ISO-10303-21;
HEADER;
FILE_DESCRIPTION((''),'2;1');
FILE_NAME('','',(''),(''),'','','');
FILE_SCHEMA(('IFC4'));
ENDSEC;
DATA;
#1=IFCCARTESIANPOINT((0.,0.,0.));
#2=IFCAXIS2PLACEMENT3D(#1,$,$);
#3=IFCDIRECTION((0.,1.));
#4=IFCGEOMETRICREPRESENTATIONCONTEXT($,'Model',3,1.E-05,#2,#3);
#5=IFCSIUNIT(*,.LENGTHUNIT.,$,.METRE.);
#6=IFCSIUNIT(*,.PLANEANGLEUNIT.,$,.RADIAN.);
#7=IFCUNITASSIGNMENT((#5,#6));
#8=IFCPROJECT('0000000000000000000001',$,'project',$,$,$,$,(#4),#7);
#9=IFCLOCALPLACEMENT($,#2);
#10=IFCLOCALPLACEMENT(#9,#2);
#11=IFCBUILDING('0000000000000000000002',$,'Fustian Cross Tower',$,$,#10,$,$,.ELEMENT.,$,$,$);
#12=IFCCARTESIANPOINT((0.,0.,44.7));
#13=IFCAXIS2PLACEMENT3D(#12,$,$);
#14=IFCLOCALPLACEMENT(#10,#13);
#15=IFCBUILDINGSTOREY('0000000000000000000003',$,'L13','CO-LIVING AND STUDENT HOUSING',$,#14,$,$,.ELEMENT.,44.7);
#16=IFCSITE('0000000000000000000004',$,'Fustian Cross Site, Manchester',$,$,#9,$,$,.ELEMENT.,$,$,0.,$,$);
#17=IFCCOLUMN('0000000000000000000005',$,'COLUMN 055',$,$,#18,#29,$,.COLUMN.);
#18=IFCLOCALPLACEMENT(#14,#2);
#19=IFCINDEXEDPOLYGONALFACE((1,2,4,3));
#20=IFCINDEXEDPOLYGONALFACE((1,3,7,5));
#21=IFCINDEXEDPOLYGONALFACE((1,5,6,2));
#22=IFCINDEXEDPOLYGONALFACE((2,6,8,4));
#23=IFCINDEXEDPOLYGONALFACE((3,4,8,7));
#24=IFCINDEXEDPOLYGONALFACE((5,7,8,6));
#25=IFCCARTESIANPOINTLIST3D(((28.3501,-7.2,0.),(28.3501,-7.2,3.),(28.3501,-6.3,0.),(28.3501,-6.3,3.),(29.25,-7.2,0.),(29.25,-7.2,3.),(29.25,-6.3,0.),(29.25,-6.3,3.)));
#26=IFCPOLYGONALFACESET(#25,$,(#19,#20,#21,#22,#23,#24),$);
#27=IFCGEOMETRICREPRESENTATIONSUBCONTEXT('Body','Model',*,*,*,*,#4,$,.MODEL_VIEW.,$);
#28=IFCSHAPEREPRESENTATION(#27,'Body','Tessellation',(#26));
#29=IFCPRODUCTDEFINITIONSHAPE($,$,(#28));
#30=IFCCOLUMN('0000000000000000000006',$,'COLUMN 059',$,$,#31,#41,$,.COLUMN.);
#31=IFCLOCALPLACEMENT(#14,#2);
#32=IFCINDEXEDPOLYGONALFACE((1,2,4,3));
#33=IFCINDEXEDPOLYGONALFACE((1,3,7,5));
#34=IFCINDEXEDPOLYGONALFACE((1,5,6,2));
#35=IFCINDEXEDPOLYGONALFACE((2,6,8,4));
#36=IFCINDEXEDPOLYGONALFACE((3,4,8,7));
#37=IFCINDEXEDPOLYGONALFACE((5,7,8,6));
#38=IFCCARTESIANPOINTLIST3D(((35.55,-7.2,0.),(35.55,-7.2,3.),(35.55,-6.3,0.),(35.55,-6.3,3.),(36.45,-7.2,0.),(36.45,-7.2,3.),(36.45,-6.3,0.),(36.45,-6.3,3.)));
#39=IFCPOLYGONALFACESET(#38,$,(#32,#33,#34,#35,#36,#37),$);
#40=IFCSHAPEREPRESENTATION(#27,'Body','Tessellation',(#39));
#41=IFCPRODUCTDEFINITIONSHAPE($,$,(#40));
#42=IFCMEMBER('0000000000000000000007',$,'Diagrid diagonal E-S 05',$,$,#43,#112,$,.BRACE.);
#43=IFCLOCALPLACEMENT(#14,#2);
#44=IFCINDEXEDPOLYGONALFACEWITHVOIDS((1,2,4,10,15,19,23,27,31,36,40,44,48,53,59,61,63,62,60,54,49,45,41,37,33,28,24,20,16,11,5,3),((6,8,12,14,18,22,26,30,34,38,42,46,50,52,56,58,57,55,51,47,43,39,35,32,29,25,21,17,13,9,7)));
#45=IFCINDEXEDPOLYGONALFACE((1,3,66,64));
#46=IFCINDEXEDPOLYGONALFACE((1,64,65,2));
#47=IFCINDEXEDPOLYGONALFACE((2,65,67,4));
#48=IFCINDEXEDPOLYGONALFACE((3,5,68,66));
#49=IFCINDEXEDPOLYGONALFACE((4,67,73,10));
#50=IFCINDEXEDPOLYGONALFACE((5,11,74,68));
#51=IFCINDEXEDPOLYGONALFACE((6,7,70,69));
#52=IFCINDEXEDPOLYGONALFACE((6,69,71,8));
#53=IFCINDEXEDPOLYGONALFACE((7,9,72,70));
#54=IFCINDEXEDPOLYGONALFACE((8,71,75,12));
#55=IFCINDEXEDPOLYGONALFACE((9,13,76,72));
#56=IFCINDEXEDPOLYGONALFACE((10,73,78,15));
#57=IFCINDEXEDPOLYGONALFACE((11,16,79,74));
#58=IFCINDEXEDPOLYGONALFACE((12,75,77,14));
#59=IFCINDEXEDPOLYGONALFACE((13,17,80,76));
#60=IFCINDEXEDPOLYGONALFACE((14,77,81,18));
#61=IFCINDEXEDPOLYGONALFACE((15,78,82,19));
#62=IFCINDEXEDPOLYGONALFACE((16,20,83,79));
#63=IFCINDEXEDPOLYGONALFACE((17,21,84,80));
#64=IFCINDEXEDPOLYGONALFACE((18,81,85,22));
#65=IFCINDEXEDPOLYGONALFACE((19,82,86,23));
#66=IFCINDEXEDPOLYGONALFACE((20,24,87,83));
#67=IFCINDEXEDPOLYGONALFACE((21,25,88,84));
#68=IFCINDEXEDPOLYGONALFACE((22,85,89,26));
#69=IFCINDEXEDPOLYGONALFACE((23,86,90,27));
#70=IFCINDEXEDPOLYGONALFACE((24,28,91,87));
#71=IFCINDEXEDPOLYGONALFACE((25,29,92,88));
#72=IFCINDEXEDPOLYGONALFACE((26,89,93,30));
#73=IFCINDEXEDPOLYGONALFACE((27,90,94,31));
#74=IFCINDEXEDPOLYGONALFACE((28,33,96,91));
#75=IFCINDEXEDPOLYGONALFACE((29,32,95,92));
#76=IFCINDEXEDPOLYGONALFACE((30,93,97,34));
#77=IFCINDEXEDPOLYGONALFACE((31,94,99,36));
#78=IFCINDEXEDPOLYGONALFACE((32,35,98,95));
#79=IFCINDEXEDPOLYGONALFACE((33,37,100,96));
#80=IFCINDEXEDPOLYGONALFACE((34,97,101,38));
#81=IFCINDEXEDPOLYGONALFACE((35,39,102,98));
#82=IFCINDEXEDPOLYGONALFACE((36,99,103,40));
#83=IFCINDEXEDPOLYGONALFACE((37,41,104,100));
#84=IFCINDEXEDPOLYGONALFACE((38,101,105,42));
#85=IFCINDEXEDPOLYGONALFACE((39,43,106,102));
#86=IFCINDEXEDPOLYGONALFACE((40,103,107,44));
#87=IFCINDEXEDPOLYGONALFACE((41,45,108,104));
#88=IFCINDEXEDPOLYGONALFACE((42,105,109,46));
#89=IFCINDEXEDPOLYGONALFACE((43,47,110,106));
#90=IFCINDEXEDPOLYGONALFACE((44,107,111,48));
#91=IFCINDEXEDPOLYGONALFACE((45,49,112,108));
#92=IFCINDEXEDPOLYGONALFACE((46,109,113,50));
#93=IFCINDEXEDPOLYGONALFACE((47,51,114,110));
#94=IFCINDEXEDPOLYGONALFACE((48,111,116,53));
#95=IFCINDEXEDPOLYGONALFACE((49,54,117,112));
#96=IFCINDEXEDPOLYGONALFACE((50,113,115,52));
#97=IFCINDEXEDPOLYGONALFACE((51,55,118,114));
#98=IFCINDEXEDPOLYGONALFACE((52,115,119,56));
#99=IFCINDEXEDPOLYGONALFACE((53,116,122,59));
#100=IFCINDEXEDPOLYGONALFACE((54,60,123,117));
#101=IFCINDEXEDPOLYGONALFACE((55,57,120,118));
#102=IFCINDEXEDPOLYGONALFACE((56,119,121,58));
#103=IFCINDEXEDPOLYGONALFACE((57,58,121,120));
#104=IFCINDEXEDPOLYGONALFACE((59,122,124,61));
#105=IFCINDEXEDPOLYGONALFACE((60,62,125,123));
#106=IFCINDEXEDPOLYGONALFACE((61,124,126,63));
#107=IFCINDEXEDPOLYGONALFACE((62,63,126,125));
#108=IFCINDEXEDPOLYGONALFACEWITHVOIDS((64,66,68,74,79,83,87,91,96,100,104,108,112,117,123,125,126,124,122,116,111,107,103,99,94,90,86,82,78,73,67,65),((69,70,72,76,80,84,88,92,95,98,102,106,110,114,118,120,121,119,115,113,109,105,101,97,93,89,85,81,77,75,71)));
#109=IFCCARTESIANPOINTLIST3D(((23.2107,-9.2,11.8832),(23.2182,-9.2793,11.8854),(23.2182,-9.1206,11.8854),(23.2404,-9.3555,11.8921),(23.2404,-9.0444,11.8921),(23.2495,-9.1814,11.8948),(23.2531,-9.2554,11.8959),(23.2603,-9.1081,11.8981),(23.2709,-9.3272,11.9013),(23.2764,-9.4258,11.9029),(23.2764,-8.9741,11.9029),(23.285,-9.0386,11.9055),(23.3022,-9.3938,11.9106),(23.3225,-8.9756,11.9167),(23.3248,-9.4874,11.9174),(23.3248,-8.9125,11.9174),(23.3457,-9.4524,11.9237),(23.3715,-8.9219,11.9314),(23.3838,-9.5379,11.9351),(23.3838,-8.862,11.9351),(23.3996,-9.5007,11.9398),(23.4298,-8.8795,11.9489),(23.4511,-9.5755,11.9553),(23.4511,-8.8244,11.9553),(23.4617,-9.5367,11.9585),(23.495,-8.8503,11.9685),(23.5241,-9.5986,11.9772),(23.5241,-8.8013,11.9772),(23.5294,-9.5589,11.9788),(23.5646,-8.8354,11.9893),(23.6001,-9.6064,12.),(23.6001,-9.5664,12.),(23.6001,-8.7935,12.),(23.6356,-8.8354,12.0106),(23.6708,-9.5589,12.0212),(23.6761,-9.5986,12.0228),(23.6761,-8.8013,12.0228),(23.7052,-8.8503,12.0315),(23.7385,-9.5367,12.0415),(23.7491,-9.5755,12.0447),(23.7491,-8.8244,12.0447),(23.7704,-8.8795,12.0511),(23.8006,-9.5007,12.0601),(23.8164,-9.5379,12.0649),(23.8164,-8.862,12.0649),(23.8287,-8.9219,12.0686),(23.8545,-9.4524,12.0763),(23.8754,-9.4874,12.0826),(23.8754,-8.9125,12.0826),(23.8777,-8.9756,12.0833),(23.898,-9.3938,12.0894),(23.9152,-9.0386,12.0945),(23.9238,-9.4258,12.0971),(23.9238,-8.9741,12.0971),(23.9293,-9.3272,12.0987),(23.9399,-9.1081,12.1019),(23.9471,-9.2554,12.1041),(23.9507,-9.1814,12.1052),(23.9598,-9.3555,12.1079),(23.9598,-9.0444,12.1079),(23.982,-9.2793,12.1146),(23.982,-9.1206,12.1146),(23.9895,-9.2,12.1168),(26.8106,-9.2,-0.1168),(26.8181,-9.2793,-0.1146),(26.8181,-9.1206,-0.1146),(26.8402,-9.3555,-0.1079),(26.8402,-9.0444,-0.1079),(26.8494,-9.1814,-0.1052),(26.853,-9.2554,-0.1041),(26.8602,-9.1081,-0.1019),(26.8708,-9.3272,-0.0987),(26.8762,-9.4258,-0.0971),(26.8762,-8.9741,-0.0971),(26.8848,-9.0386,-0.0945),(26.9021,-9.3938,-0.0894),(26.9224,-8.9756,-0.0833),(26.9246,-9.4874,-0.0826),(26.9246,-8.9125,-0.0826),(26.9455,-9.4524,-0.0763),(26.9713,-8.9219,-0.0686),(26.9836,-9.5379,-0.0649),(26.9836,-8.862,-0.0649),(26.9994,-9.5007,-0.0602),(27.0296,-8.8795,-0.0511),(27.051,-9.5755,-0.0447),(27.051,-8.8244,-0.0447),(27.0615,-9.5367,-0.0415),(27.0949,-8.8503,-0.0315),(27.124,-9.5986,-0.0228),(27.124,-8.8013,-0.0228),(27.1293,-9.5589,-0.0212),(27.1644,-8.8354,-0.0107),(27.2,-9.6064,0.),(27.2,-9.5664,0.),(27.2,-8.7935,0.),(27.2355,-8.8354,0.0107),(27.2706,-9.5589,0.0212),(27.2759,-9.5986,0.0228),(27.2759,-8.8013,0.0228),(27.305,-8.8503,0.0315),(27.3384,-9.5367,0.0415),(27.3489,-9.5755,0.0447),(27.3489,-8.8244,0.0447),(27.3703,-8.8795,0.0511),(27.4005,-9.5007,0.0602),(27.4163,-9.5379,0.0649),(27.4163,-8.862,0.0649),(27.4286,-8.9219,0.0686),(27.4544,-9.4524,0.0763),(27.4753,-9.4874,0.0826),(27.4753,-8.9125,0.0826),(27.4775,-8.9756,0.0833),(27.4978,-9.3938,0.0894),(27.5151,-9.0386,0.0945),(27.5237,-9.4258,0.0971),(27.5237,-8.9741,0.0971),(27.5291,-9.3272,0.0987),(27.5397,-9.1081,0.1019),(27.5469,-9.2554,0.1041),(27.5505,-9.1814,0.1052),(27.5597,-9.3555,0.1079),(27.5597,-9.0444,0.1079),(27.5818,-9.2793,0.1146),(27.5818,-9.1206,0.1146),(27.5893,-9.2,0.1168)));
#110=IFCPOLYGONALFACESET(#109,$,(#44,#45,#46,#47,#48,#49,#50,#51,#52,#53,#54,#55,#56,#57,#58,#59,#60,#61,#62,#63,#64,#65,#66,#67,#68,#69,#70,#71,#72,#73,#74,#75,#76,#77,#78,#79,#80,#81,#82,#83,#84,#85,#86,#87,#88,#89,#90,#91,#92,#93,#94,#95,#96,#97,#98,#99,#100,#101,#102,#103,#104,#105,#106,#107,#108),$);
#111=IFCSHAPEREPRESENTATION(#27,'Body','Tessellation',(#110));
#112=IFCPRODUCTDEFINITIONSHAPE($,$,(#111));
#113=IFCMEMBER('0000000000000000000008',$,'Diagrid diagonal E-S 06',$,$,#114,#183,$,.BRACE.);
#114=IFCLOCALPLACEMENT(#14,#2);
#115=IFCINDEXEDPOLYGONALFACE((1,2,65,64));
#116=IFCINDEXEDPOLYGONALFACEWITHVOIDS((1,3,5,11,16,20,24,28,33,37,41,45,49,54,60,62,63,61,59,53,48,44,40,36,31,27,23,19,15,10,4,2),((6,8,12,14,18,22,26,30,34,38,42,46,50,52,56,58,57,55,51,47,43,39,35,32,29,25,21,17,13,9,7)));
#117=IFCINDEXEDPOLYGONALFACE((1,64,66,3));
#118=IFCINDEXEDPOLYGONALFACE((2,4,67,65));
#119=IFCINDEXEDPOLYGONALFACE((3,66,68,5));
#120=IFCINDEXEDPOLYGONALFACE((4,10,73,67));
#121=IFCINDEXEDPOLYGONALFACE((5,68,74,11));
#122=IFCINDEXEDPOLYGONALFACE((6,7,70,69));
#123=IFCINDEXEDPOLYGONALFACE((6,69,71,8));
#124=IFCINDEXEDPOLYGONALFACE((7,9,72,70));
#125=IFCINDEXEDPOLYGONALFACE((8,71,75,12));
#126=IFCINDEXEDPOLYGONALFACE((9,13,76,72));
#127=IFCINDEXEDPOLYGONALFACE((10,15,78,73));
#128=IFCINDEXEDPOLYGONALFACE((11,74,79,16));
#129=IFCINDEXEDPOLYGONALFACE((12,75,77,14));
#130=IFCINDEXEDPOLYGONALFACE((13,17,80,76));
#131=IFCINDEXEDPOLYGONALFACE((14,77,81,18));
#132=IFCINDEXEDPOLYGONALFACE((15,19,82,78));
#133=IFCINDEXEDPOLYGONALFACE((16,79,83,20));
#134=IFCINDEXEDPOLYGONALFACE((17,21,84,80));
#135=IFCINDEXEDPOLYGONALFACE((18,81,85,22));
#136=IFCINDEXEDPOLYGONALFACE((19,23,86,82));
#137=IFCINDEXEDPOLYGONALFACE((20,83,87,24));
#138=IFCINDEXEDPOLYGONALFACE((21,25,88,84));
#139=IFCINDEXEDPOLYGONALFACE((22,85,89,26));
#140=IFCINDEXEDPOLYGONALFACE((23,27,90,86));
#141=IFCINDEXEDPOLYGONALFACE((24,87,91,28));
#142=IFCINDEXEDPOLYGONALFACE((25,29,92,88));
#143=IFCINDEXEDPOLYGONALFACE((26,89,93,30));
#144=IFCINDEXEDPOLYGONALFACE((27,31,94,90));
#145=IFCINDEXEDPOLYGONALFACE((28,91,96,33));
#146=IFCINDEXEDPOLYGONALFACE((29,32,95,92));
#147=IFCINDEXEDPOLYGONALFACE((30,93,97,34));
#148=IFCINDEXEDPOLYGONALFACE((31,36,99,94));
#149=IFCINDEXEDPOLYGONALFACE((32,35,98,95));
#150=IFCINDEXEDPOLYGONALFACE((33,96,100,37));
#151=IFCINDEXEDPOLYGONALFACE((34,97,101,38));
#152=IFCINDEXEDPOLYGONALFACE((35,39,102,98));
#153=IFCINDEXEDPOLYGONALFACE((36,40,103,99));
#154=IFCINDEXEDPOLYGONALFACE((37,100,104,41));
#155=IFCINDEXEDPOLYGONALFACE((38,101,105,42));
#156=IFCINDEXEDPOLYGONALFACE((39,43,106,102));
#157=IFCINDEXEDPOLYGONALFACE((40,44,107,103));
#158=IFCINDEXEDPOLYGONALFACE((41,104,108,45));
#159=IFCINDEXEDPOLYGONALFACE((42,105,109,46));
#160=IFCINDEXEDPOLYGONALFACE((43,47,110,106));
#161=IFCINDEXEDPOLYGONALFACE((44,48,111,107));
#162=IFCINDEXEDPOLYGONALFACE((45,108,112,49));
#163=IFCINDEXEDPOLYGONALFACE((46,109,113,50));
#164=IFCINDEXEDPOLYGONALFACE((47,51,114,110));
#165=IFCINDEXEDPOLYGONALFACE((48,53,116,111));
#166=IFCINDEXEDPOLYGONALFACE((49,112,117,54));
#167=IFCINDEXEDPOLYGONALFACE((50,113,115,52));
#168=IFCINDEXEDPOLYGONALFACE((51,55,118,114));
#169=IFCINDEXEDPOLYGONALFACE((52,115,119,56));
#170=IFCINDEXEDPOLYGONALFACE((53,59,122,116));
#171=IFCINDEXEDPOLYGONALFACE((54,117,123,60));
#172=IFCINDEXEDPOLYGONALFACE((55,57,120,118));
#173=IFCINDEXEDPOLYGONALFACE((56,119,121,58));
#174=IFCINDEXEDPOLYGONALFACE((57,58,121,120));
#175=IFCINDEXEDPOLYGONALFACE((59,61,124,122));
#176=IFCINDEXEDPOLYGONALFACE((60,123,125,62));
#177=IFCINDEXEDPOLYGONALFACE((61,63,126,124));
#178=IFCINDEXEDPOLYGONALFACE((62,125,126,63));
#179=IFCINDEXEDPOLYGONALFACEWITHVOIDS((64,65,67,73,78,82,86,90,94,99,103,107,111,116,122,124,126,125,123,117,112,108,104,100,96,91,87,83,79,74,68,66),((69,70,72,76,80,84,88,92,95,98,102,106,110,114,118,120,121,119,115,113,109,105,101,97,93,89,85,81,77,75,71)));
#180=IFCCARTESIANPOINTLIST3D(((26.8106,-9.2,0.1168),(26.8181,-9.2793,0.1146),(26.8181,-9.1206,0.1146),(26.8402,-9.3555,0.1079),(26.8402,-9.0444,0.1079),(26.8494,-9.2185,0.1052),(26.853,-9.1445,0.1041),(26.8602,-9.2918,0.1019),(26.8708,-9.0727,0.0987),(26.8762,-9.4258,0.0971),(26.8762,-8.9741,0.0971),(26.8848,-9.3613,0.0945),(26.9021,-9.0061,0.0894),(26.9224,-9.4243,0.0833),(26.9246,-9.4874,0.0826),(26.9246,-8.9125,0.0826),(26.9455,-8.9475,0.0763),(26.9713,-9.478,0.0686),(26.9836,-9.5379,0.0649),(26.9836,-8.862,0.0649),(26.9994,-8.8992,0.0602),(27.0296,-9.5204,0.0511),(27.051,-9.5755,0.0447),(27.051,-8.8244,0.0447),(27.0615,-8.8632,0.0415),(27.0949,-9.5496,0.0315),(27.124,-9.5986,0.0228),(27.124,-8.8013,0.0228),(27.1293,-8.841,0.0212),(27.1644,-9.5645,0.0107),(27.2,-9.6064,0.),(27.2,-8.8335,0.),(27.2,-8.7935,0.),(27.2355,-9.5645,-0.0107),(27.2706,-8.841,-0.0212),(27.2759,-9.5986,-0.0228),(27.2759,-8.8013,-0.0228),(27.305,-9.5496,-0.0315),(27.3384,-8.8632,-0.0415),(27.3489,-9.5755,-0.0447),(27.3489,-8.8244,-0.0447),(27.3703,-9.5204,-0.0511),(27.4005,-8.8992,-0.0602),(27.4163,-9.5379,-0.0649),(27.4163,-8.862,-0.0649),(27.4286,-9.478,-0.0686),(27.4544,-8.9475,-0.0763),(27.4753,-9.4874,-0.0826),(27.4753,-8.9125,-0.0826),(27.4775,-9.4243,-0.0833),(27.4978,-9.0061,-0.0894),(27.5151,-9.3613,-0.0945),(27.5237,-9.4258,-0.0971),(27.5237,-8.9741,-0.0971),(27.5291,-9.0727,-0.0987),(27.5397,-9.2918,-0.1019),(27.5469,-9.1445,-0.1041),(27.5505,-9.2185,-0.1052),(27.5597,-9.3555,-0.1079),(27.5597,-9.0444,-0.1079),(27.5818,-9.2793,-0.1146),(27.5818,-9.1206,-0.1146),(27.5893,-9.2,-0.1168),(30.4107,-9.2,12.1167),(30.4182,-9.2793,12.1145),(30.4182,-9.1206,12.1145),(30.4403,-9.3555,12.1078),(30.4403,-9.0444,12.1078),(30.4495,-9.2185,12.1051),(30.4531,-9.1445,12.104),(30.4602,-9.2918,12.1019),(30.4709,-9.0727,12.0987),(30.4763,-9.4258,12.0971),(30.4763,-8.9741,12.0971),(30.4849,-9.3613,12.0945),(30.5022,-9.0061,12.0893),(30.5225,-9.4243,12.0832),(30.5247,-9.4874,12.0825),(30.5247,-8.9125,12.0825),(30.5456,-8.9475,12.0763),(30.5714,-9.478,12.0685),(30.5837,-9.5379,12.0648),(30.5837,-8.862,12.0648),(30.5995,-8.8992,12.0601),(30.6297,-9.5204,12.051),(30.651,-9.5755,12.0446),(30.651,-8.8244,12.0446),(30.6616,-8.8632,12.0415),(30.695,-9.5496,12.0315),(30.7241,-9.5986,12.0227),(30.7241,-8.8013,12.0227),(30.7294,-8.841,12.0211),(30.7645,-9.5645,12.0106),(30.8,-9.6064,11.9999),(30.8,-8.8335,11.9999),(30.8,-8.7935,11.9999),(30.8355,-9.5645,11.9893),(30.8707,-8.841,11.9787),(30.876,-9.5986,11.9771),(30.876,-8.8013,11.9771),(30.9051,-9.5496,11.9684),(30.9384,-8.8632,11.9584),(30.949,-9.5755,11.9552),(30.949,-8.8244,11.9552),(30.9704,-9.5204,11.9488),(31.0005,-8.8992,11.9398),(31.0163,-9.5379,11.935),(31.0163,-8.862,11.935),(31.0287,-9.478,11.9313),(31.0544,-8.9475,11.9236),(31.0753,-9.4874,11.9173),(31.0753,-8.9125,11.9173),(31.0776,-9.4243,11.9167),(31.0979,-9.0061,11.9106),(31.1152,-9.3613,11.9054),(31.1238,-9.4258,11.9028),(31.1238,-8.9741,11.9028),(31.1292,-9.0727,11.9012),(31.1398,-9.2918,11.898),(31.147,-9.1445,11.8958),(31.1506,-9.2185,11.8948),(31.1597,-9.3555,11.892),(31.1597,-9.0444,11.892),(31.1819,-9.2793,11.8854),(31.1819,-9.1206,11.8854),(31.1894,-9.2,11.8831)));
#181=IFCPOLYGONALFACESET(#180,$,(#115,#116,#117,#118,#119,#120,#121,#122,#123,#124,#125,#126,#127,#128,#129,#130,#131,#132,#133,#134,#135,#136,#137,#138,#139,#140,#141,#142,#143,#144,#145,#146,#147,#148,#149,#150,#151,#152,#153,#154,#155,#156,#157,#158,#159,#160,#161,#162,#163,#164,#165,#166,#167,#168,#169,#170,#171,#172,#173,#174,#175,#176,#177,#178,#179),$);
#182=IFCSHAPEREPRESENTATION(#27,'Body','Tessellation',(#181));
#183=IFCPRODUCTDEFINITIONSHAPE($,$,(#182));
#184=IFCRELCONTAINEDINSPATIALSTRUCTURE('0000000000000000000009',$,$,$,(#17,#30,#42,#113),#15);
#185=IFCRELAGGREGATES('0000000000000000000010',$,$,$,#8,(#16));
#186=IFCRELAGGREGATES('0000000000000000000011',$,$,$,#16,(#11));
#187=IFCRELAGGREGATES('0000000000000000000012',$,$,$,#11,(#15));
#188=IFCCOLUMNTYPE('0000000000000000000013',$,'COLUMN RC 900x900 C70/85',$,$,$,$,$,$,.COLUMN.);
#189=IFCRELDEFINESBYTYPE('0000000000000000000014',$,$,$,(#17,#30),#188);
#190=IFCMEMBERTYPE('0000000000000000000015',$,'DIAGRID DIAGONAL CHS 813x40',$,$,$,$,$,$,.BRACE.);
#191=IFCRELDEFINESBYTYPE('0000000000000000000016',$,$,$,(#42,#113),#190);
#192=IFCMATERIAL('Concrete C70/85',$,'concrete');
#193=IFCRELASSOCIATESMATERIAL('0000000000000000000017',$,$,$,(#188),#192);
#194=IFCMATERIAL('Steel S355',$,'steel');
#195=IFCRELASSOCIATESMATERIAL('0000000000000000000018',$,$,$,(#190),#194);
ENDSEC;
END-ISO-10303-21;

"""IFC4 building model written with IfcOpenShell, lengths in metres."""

from ifc_helpers import new_model, si_unit, direction, frame, origin, origin_2d, place, context, subcontext, project, spatial, rectangle, hollow_circle, extrude, material, material_profile, profile_set, type_object, element, save


model = new_model("IFC4")

# Units and contexts
model_context = context("Model", 3, precision=1e-05, world=origin(), true_north=direction((0.0, 1.0)))
body_context = subcontext(model_context, "Body", "Model", "MODEL_VIEW")
ifc_project = project(units=[si_unit("LENGTHUNIT", "METRE"), si_unit("PLANEANGLEUNIT", "RADIAN")], contexts=[model_context])

# Site, building, storey
site_placement = place(None, origin())
site = spatial("IfcSite", under=ifc_project, at=site_placement, Name="Fustian Cross Site, Manchester", CompositionType="ELEMENT", RefElevation=0.0)
building_placement = place(site_placement, origin())
building = spatial("IfcBuilding", under=site, at=building_placement, Name="Fustian Cross Tower", CompositionType="ELEMENT")
storey_placement = place(building_placement, frame((0.0, 0.0, 44.7)))
storey = spatial("IfcBuildingStorey", under=building, at=storey_placement, Name="L13", Description="CO-LIVING AND STUDENT HOUSING", CompositionType="ELEMENT", Elevation=44.7)

# Columns
ifc_material_1 = material(Name="Concrete C70/85", Category="concrete")
ifc_material_profile_1 = material_profile(ifc_material_1, rectangle(XDim=0.8999, YDim=0.8999, at=origin_2d()), Name="RC 900x900")
ifc_profile_set_1 = profile_set([ifc_material_profile_1], Name="Concrete C70/85")
column_type = type_object("IfcColumnType", Name="COLUMN RC 900x900 C70/85", PredefinedType="COLUMN", material=ifc_profile_set_1)
for number, where, z_axis, x_axis, name in (
    (1, (28.8, -6.75, 0.0), (0.0, 0.0, 1.0), (1.0, 0.0, 0.0), "COLUMN 055"),
    (2, (36.0, -6.75, 0.0), (0.0, 0.0, 1.0), (1.0, 0.0, 0.0), "COLUMN 059"),
):
    element("IfcColumn", number, at=place(storey_placement, frame(where, z_axis=z_axis, x_axis=x_axis)), inside=storey, type_object=column_type, Name=name, PredefinedType="COLUMN", context=body_context, shape_type="SweptSolid", body=[
        extrude(rectangle(XDim=0.8999, YDim=0.8999, at=origin_2d()), origin(), (0.0, 0.0, 1.0), 3.0),
    ])

# Members
ifc_material_2 = material(Name="Steel S355", Category="steel")
ifc_material_profile_2 = material_profile(ifc_material_2, hollow_circle(Radius=0.4065, WallThickness=0.04, at=origin_2d()), Name="CHS 813x40")
ifc_profile_set_2 = profile_set([ifc_material_profile_2], Name="Steel S355")
member_type = type_object("IfcMemberType", Name="DIAGRID DIAGONAL CHS 813x40", PredefinedType="BRACE", material=ifc_profile_set_2)
for number, where, z_axis, x_axis, name in (
    (3, (27.2, -9.2, 0.0), (-0.287337, 0.0, 0.95783), (0.0, -1.0, 0.0), "Diagrid diagonal E-S 05"),
    (4, (27.2, -9.2, 0.0), (0.287355, 0.0, 0.957824), (0.0, 1.0, 0.0), "Diagrid diagonal E-S 06"),
):
    element("IfcMember", number, at=place(storey_placement, frame(where, z_axis=z_axis, x_axis=x_axis)), inside=storey, type_object=member_type, Name=name, PredefinedType="BRACE", context=body_context, shape_type="SweptSolid", body=[
        extrude(hollow_circle(Radius=0.4065, WallThickness=0.04, at=origin_2d()), origin(), (0.0, 0.0, 1.0), 12.5283),
    ])

save(model, "model.ifc")
